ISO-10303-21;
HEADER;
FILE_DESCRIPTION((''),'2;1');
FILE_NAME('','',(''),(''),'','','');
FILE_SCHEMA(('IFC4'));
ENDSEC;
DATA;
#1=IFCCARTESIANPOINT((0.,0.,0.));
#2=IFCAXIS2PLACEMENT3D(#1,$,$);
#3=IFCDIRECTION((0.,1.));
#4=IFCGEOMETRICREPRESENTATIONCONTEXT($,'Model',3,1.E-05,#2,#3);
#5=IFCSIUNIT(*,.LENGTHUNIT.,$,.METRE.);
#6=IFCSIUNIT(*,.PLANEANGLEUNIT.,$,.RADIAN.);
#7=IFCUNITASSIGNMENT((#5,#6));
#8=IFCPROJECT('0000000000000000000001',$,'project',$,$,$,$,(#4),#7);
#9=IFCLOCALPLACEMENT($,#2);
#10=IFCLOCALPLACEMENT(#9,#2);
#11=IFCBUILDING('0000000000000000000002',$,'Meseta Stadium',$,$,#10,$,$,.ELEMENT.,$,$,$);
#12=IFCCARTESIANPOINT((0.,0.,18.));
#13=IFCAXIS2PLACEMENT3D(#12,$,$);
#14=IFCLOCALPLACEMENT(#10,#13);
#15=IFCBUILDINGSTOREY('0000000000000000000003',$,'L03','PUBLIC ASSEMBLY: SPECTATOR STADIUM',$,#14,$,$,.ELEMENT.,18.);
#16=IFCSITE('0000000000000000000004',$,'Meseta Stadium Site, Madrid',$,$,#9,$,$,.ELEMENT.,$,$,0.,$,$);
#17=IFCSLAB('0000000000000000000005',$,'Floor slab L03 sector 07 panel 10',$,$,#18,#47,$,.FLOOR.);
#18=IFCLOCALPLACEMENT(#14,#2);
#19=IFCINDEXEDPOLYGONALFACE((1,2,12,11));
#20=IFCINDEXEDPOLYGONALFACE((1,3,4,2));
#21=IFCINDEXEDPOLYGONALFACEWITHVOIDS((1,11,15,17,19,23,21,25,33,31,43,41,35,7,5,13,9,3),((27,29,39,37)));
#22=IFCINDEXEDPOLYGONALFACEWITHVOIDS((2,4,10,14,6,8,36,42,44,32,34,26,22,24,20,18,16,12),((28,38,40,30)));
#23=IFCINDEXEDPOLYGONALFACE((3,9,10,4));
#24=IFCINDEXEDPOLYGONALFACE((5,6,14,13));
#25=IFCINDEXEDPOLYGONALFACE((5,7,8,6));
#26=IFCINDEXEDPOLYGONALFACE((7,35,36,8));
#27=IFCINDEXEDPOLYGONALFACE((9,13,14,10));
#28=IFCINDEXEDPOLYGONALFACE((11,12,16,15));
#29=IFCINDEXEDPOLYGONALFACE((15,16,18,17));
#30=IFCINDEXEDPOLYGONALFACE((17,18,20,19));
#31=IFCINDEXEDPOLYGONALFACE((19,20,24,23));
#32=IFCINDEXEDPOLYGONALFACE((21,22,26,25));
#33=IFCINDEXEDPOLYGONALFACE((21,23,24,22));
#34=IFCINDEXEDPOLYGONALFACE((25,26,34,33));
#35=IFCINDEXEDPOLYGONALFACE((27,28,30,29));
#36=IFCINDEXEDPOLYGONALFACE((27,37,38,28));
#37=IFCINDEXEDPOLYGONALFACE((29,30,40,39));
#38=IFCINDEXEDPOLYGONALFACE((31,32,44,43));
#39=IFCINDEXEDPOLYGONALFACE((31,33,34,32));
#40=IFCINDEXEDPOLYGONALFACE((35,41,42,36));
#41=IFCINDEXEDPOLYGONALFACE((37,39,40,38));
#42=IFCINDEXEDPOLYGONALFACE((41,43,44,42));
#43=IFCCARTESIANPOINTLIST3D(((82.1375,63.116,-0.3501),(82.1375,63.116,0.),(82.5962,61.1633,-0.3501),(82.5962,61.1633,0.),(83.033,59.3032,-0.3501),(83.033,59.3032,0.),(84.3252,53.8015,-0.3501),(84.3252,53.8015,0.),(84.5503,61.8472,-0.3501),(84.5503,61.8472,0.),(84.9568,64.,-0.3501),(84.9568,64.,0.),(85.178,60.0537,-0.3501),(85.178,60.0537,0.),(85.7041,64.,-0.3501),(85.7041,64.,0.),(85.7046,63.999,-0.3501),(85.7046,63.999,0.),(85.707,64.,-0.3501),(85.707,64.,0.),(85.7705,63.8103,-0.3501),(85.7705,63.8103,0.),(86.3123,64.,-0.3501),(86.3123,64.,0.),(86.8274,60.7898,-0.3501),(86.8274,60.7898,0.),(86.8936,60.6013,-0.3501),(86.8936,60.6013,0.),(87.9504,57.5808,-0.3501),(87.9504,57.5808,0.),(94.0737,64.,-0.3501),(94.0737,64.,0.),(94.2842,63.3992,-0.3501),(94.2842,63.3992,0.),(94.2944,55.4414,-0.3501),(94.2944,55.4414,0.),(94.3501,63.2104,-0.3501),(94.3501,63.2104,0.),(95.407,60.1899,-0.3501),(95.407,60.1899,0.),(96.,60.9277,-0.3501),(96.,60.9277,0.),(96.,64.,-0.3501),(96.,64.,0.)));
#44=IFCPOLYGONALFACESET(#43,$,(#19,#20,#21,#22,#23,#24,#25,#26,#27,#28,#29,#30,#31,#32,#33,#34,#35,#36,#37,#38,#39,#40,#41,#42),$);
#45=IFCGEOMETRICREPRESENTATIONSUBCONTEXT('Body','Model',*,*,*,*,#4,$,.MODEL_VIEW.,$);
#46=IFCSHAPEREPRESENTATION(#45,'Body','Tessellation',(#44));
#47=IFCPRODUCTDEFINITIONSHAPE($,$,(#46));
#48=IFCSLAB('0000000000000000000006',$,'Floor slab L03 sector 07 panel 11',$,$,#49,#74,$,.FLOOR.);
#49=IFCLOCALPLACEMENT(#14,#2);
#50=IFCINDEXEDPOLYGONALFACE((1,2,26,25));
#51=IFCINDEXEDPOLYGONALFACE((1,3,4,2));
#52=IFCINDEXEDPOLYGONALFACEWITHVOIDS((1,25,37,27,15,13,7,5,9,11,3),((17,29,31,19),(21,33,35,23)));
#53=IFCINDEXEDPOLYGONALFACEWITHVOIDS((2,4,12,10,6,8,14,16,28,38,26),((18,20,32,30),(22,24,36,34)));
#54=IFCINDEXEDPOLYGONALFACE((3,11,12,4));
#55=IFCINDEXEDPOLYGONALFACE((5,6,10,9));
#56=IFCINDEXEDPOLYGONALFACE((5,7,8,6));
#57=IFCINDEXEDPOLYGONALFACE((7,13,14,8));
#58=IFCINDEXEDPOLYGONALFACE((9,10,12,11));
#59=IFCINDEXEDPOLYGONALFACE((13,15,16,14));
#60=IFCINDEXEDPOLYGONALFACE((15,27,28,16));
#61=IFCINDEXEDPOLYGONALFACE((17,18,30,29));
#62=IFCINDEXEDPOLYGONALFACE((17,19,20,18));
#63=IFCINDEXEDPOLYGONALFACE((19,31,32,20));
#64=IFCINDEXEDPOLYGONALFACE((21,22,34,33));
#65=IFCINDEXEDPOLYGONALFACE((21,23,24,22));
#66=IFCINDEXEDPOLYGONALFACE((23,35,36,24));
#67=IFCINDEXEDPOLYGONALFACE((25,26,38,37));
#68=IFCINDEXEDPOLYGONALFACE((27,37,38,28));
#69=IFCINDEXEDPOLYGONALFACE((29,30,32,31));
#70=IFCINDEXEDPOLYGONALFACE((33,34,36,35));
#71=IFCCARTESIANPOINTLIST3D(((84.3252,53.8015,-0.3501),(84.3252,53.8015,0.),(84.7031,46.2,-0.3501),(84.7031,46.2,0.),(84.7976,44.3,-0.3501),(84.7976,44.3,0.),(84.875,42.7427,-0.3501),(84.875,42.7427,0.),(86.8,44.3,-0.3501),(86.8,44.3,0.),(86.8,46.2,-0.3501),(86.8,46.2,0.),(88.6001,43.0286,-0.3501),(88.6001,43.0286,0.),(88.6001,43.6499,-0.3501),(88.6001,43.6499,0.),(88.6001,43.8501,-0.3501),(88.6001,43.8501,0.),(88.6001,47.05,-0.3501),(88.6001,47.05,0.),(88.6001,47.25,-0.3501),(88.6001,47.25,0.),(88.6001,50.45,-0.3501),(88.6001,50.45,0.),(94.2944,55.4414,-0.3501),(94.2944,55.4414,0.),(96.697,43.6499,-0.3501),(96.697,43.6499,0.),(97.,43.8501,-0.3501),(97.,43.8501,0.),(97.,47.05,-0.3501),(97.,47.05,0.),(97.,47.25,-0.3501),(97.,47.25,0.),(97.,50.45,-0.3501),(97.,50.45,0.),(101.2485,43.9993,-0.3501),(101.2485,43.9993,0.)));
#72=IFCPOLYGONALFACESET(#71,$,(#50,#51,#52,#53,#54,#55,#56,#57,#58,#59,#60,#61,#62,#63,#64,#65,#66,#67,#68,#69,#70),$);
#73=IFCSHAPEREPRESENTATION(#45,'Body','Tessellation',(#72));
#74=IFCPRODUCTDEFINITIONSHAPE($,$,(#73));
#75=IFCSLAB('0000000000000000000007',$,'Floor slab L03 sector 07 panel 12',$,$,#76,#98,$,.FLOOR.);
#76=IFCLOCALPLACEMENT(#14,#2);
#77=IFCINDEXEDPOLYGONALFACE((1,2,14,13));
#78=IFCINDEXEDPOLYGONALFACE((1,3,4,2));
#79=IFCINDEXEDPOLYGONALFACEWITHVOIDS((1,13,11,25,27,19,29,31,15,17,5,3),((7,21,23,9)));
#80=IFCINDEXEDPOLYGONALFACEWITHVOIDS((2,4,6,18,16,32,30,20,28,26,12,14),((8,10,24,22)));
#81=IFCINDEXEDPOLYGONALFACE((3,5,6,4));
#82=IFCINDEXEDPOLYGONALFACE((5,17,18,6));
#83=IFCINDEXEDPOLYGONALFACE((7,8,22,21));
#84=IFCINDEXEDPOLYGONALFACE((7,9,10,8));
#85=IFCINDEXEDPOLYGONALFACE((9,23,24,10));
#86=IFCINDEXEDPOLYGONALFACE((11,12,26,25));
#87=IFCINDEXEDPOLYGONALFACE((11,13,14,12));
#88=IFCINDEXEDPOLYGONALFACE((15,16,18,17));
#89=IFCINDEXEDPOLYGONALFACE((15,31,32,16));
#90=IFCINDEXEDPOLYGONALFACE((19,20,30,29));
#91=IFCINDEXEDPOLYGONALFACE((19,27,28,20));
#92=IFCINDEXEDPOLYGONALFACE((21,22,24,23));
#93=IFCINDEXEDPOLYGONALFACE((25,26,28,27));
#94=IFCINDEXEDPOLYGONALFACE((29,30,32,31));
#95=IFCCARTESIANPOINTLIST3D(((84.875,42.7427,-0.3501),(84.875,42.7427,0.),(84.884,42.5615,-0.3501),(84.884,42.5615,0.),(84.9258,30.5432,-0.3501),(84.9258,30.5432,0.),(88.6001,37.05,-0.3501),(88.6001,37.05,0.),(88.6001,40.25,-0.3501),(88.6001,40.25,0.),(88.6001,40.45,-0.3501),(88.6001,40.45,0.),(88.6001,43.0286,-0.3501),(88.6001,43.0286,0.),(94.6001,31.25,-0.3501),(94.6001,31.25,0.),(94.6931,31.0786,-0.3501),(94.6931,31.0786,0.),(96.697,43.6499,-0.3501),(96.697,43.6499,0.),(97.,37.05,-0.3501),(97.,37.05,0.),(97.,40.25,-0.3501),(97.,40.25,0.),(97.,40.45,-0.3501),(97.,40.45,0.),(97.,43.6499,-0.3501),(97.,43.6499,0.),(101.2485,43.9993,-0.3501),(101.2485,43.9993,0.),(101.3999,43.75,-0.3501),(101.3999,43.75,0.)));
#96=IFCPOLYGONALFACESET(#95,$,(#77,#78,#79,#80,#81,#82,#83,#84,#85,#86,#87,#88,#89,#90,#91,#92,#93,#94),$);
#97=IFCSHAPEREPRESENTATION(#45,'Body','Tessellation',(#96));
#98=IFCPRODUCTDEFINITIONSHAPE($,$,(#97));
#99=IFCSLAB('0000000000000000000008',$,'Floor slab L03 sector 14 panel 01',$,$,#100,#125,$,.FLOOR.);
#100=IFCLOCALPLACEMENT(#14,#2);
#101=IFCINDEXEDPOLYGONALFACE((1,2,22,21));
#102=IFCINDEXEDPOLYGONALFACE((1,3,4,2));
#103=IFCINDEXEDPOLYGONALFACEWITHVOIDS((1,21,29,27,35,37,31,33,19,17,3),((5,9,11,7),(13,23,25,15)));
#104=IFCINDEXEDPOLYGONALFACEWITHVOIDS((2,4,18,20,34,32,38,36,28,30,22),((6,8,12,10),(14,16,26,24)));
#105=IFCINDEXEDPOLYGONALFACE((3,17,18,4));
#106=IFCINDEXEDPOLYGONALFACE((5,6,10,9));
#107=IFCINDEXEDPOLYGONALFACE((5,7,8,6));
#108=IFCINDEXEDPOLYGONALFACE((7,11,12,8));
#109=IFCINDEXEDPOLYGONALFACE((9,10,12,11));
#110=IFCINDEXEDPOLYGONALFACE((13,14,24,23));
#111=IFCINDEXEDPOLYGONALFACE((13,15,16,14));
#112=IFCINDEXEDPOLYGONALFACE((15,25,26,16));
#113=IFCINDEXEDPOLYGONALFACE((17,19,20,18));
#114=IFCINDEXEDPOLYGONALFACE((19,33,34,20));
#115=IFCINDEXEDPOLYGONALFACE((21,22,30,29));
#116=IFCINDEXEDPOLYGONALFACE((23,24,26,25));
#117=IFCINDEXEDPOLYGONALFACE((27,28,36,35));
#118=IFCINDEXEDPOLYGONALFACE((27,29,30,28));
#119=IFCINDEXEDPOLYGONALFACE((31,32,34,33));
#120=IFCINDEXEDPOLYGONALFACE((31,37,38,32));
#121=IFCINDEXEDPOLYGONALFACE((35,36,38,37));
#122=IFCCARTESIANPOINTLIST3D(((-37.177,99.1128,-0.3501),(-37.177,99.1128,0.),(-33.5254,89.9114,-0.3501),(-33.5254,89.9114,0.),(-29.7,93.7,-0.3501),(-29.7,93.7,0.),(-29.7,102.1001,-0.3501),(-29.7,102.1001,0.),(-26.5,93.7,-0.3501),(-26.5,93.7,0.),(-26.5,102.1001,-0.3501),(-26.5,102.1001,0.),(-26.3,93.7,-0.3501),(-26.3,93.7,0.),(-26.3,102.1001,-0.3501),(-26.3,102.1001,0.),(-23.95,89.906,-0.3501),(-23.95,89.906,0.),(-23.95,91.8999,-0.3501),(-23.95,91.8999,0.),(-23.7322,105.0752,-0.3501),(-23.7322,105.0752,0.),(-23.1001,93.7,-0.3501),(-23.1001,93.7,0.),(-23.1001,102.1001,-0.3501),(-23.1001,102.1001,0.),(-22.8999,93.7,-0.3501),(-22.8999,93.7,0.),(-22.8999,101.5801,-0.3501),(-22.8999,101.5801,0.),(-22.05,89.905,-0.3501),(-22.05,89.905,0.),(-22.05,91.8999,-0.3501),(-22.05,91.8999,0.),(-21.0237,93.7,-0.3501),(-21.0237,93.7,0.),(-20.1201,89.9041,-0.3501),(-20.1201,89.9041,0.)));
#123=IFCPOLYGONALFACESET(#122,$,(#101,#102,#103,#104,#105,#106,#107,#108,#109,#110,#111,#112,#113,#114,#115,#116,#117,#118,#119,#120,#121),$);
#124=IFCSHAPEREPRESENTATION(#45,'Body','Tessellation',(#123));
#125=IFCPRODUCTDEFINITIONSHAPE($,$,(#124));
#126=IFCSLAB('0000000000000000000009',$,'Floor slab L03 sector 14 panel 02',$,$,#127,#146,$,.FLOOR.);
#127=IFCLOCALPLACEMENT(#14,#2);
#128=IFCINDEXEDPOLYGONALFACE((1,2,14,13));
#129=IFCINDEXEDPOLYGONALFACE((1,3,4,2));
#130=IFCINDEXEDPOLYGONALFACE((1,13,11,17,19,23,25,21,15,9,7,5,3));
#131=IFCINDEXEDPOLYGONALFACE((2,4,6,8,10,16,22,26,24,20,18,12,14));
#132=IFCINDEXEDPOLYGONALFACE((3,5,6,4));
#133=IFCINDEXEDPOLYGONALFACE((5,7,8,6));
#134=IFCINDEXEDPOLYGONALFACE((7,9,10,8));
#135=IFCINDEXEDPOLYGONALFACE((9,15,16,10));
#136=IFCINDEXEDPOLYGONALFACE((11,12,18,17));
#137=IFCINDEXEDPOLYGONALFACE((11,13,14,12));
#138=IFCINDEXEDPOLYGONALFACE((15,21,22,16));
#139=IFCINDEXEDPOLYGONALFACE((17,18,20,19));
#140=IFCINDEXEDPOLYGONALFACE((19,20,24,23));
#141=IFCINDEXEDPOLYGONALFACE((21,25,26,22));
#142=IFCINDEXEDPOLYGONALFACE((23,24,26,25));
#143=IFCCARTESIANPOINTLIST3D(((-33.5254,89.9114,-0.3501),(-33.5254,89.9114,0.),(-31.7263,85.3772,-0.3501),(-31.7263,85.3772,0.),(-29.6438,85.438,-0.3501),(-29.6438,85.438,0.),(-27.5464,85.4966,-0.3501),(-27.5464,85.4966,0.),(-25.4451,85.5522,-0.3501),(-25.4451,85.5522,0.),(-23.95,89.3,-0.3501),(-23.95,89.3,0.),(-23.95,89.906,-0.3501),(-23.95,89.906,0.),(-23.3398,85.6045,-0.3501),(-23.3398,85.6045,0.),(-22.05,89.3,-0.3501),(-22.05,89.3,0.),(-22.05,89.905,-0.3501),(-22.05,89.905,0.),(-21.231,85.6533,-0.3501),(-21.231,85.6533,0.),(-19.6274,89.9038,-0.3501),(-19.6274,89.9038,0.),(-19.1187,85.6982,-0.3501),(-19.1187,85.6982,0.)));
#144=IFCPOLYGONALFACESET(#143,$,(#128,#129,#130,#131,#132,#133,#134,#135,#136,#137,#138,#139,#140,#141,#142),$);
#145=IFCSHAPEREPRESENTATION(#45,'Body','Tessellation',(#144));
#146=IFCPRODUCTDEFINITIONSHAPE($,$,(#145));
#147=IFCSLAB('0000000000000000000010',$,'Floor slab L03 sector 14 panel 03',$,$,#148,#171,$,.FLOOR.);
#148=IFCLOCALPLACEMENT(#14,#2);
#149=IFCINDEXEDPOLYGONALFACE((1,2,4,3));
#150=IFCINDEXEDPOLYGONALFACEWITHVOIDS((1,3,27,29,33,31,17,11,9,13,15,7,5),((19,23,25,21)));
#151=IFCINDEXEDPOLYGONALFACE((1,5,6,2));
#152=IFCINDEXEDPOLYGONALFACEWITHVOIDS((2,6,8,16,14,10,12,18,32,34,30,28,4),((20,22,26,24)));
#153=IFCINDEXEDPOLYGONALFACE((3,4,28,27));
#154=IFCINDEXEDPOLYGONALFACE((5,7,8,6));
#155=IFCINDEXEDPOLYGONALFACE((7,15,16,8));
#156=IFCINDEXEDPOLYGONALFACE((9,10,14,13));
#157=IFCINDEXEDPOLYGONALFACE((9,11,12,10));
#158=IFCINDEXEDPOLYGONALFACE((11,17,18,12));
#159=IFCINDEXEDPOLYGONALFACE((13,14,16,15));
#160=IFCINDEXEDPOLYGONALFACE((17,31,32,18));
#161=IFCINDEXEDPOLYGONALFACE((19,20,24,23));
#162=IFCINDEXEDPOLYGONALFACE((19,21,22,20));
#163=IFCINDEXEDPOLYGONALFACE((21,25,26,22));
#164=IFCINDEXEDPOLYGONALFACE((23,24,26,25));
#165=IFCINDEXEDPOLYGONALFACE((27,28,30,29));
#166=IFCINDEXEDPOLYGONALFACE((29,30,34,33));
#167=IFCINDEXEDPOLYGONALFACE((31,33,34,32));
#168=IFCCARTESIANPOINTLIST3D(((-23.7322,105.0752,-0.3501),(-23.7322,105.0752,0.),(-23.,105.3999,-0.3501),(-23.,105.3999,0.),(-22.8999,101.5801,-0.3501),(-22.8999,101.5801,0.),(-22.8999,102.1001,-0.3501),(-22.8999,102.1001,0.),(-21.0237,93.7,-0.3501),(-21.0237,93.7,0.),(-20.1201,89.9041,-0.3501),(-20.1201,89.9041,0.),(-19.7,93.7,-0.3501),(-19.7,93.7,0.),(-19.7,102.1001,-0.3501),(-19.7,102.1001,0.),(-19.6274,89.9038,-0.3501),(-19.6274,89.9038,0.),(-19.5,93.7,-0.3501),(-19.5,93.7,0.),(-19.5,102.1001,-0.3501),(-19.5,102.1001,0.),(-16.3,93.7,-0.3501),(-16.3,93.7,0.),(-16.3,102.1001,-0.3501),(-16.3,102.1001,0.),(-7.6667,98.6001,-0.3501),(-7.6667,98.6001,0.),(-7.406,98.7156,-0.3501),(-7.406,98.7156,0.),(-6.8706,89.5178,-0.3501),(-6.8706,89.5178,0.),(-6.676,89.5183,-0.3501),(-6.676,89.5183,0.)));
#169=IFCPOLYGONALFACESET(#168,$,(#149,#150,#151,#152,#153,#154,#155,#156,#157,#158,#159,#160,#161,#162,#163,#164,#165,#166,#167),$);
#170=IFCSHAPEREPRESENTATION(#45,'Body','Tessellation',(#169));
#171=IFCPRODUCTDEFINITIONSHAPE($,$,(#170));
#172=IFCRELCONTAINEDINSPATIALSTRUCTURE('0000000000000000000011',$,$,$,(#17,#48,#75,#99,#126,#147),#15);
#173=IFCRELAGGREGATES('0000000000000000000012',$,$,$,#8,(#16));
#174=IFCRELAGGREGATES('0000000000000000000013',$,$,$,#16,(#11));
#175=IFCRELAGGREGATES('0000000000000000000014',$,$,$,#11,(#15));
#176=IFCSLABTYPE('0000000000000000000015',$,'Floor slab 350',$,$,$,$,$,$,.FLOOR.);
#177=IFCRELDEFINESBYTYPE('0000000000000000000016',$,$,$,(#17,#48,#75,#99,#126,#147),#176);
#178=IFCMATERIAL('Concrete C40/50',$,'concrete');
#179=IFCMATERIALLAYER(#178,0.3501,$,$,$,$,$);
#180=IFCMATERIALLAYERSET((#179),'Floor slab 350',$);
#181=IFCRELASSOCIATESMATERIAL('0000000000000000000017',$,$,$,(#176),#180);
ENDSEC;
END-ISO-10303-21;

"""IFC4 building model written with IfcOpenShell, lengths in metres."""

from ifc_helpers import new_model, si_unit, direction, frame, origin, place, context, subcontext, project, spatial, polyline, outline, extrude, material, layer, layer_set, type_object, element, save


model = new_model("IFC4")

# Units and contexts
model_context = context("Model", 3, precision=1e-05, world=origin(), true_north=direction((0.0, 1.0)))
body_context = subcontext(model_context, "Body", "Model", "MODEL_VIEW")
ifc_project = project(units=[si_unit("LENGTHUNIT", "METRE"), si_unit("PLANEANGLEUNIT", "RADIAN")], contexts=[model_context])

# Site, building, storey
site_placement = place(None, origin())
site = spatial("IfcSite", under=ifc_project, at=site_placement, Name="Meseta Stadium Site, Madrid", CompositionType="ELEMENT", RefElevation=0.0)
building_placement = place(site_placement, origin())
building = spatial("IfcBuilding", under=site, at=building_placement, Name="Meseta Stadium", CompositionType="ELEMENT")
storey_placement = place(building_placement, frame((0.0, 0.0, 18.0)))
storey = spatial("IfcBuildingStorey", under=building, at=storey_placement, Name="L03", Description="PUBLIC ASSEMBLY: SPECTATOR STADIUM", CompositionType="ELEMENT", Elevation=18.0)

# Slabs
ifc_material = material(Name="Concrete C40/50", Category="concrete")
ifc_layer = layer(ifc_material, 0.3501)
ifc_layer_set = layer_set([ifc_layer], Name="Floor slab 350")
slab_type = type_object("IfcSlabType", Name="Floor slab 350", PredefinedType="FLOOR", material=ifc_layer_set)
slab_1_placement = place(storey_placement, frame((0.0, 0.0, -0.3501)))
element("IfcSlab", 1, at=slab_1_placement, inside=storey, type_object=slab_type, Name="Floor slab L03 sector 07 panel 10", PredefinedType="FLOOR", context=body_context, shape_type="SweptSolid", body=[
    extrude(outline(polyline([(84.3252, 53.8015), (94.2944, 55.4414), (96.0, 60.9277), (96.0, 64.0), (94.0737, 64.0), (94.2842, 63.3992), (86.8274, 60.7898), (85.7705, 63.8103), (86.3123, 64.0), (85.707, 64.0), (85.7046, 63.999), (85.7041, 64.0), (84.9568, 64.0), (82.1375, 63.116), (82.5962, 61.1633), (84.5503, 61.8472), (85.178, 60.0537), (83.033, 59.3032), (84.3252, 53.8015)]), holes=[polyline([(95.407, 60.1899), (87.9504, 57.5808), (86.8936, 60.6013), (94.3501, 63.2104), (95.407, 60.1899)])]), origin(), (0.0, 0.0, 1.0), 0.3501),
])
slab_2_placement = place(storey_placement, frame((0.0, 0.0, -0.3501)))
element("IfcSlab", 2, at=slab_2_placement, inside=storey, type_object=slab_type, Name="Floor slab L03 sector 07 panel 11", PredefinedType="FLOOR", context=body_context, shape_type="SweptSolid", body=[
    extrude(outline(polyline([(101.2485, 43.9993), (94.2944, 55.4414), (84.3252, 53.8015), (84.7031, 46.2), (86.8, 46.2), (86.8, 44.3), (84.7976, 44.3), (84.875, 42.7427), (88.6001, 43.0286), (88.6001, 43.6499), (96.697, 43.6499), (101.2485, 43.9993)]), holes=[polyline([(88.6001, 50.45), (97.0, 50.45), (97.0, 47.25), (88.6001, 47.25), (88.6001, 50.45)]), polyline([(88.6001, 43.8501), (88.6001, 47.05), (97.0, 47.05), (97.0, 43.8501), (88.6001, 43.8501)])]), origin(), (0.0, 0.0, 1.0), 0.3501),
])
slab_3_placement = place(storey_placement, frame((0.0, 0.0, -0.3501)))
element("IfcSlab", 3, at=slab_3_placement, inside=storey, type_object=slab_type, Name="Floor slab L03 sector 07 panel 12", PredefinedType="FLOOR", context=body_context, shape_type="SweptSolid", body=[
    extrude(outline(polyline([(84.884, 42.5615), (84.9258, 30.5432), (94.6931, 31.0786), (94.6001, 31.25), (101.3999, 43.75), (101.2485, 43.9993), (96.697, 43.6499), (97.0, 43.6499), (97.0, 40.45), (88.6001, 40.45), (88.6001, 43.0286), (84.875, 42.7427), (84.884, 42.5615)]), holes=[polyline([(88.6001, 37.05), (88.6001, 40.25), (97.0, 40.25), (97.0, 37.05), (88.6001, 37.05)])]), origin(), (0.0, 0.0, 1.0), 0.3501),
])
slab_4_placement = place(storey_placement, frame((0.0, 0.0, -0.3501)))
element("IfcSlab", 4, at=slab_4_placement, inside=storey, type_object=slab_type, Name="Floor slab L03 sector 14 panel 01", PredefinedType="FLOOR", context=body_context, shape_type="SweptSolid", body=[
    extrude(outline(polyline([(-23.7322, 105.0752), (-37.177, 99.1128), (-33.5254, 89.9114), (-23.95, 89.906), (-23.95, 91.8999), (-22.05, 91.8999), (-22.05, 89.905), (-20.1201, 89.9041), (-21.0237, 93.7), (-22.8999, 93.7), (-22.8999, 101.5801), (-23.7322, 105.0752)]), holes=[polyline([(-26.5, 93.7), (-29.7, 93.7), (-29.7, 102.1001), (-26.5, 102.1001), (-26.5, 93.7)]), polyline([(-26.3, 93.7), (-26.3, 102.1001), (-23.1001, 102.1001), (-23.1001, 93.7), (-26.3, 93.7)])]), origin(), (0.0, 0.0, 1.0), 0.3501),
])
slab_5_placement = place(storey_placement, frame((0.0, 0.0, -0.3501)))
element("IfcSlab", 5, at=slab_5_placement, inside=storey, type_object=slab_type, Name="Floor slab L03 sector 14 panel 02", PredefinedType="FLOOR", context=body_context, shape_type="SweptSolid", body=[
    extrude(outline(polyline([(-23.95, 89.3), (-23.95, 89.906), (-33.5254, 89.9114), (-31.7263, 85.3772), (-29.6438, 85.438), (-27.5464, 85.4966), (-25.4451, 85.5522), (-23.3398, 85.6045), (-21.231, 85.6533), (-19.1187, 85.6982), (-19.6274, 89.9038), (-22.05, 89.905), (-22.05, 89.3), (-23.95, 89.3)])), origin(), (0.0, 0.0, 1.0), 0.3501),
])
slab_6_placement = place(storey_placement, frame((0.0, 0.0, -0.3501)))
element("IfcSlab", 6, at=slab_6_placement, inside=storey, type_object=slab_type, Name="Floor slab L03 sector 14 panel 03", PredefinedType="FLOOR", context=body_context, shape_type="SweptSolid", body=[
    extrude(outline(polyline([(-21.0237, 93.7), (-20.1201, 89.9041), (-19.6274, 89.9038), (-6.8706, 89.5178), (-6.676, 89.5183), (-7.406, 98.7156), (-7.6667, 98.6001), (-23.0, 105.3999), (-23.7322, 105.0752), (-22.8999, 101.5801), (-22.8999, 102.1001), (-19.7, 102.1001), (-19.7, 93.7), (-21.0237, 93.7)]), holes=[polyline([(-19.5, 102.1001), (-16.3, 102.1001), (-16.3, 93.7), (-19.5, 93.7), (-19.5, 102.1001)])]), origin(), (0.0, 0.0, 1.0), 0.3501),
])

save(model, "model.ifc")
